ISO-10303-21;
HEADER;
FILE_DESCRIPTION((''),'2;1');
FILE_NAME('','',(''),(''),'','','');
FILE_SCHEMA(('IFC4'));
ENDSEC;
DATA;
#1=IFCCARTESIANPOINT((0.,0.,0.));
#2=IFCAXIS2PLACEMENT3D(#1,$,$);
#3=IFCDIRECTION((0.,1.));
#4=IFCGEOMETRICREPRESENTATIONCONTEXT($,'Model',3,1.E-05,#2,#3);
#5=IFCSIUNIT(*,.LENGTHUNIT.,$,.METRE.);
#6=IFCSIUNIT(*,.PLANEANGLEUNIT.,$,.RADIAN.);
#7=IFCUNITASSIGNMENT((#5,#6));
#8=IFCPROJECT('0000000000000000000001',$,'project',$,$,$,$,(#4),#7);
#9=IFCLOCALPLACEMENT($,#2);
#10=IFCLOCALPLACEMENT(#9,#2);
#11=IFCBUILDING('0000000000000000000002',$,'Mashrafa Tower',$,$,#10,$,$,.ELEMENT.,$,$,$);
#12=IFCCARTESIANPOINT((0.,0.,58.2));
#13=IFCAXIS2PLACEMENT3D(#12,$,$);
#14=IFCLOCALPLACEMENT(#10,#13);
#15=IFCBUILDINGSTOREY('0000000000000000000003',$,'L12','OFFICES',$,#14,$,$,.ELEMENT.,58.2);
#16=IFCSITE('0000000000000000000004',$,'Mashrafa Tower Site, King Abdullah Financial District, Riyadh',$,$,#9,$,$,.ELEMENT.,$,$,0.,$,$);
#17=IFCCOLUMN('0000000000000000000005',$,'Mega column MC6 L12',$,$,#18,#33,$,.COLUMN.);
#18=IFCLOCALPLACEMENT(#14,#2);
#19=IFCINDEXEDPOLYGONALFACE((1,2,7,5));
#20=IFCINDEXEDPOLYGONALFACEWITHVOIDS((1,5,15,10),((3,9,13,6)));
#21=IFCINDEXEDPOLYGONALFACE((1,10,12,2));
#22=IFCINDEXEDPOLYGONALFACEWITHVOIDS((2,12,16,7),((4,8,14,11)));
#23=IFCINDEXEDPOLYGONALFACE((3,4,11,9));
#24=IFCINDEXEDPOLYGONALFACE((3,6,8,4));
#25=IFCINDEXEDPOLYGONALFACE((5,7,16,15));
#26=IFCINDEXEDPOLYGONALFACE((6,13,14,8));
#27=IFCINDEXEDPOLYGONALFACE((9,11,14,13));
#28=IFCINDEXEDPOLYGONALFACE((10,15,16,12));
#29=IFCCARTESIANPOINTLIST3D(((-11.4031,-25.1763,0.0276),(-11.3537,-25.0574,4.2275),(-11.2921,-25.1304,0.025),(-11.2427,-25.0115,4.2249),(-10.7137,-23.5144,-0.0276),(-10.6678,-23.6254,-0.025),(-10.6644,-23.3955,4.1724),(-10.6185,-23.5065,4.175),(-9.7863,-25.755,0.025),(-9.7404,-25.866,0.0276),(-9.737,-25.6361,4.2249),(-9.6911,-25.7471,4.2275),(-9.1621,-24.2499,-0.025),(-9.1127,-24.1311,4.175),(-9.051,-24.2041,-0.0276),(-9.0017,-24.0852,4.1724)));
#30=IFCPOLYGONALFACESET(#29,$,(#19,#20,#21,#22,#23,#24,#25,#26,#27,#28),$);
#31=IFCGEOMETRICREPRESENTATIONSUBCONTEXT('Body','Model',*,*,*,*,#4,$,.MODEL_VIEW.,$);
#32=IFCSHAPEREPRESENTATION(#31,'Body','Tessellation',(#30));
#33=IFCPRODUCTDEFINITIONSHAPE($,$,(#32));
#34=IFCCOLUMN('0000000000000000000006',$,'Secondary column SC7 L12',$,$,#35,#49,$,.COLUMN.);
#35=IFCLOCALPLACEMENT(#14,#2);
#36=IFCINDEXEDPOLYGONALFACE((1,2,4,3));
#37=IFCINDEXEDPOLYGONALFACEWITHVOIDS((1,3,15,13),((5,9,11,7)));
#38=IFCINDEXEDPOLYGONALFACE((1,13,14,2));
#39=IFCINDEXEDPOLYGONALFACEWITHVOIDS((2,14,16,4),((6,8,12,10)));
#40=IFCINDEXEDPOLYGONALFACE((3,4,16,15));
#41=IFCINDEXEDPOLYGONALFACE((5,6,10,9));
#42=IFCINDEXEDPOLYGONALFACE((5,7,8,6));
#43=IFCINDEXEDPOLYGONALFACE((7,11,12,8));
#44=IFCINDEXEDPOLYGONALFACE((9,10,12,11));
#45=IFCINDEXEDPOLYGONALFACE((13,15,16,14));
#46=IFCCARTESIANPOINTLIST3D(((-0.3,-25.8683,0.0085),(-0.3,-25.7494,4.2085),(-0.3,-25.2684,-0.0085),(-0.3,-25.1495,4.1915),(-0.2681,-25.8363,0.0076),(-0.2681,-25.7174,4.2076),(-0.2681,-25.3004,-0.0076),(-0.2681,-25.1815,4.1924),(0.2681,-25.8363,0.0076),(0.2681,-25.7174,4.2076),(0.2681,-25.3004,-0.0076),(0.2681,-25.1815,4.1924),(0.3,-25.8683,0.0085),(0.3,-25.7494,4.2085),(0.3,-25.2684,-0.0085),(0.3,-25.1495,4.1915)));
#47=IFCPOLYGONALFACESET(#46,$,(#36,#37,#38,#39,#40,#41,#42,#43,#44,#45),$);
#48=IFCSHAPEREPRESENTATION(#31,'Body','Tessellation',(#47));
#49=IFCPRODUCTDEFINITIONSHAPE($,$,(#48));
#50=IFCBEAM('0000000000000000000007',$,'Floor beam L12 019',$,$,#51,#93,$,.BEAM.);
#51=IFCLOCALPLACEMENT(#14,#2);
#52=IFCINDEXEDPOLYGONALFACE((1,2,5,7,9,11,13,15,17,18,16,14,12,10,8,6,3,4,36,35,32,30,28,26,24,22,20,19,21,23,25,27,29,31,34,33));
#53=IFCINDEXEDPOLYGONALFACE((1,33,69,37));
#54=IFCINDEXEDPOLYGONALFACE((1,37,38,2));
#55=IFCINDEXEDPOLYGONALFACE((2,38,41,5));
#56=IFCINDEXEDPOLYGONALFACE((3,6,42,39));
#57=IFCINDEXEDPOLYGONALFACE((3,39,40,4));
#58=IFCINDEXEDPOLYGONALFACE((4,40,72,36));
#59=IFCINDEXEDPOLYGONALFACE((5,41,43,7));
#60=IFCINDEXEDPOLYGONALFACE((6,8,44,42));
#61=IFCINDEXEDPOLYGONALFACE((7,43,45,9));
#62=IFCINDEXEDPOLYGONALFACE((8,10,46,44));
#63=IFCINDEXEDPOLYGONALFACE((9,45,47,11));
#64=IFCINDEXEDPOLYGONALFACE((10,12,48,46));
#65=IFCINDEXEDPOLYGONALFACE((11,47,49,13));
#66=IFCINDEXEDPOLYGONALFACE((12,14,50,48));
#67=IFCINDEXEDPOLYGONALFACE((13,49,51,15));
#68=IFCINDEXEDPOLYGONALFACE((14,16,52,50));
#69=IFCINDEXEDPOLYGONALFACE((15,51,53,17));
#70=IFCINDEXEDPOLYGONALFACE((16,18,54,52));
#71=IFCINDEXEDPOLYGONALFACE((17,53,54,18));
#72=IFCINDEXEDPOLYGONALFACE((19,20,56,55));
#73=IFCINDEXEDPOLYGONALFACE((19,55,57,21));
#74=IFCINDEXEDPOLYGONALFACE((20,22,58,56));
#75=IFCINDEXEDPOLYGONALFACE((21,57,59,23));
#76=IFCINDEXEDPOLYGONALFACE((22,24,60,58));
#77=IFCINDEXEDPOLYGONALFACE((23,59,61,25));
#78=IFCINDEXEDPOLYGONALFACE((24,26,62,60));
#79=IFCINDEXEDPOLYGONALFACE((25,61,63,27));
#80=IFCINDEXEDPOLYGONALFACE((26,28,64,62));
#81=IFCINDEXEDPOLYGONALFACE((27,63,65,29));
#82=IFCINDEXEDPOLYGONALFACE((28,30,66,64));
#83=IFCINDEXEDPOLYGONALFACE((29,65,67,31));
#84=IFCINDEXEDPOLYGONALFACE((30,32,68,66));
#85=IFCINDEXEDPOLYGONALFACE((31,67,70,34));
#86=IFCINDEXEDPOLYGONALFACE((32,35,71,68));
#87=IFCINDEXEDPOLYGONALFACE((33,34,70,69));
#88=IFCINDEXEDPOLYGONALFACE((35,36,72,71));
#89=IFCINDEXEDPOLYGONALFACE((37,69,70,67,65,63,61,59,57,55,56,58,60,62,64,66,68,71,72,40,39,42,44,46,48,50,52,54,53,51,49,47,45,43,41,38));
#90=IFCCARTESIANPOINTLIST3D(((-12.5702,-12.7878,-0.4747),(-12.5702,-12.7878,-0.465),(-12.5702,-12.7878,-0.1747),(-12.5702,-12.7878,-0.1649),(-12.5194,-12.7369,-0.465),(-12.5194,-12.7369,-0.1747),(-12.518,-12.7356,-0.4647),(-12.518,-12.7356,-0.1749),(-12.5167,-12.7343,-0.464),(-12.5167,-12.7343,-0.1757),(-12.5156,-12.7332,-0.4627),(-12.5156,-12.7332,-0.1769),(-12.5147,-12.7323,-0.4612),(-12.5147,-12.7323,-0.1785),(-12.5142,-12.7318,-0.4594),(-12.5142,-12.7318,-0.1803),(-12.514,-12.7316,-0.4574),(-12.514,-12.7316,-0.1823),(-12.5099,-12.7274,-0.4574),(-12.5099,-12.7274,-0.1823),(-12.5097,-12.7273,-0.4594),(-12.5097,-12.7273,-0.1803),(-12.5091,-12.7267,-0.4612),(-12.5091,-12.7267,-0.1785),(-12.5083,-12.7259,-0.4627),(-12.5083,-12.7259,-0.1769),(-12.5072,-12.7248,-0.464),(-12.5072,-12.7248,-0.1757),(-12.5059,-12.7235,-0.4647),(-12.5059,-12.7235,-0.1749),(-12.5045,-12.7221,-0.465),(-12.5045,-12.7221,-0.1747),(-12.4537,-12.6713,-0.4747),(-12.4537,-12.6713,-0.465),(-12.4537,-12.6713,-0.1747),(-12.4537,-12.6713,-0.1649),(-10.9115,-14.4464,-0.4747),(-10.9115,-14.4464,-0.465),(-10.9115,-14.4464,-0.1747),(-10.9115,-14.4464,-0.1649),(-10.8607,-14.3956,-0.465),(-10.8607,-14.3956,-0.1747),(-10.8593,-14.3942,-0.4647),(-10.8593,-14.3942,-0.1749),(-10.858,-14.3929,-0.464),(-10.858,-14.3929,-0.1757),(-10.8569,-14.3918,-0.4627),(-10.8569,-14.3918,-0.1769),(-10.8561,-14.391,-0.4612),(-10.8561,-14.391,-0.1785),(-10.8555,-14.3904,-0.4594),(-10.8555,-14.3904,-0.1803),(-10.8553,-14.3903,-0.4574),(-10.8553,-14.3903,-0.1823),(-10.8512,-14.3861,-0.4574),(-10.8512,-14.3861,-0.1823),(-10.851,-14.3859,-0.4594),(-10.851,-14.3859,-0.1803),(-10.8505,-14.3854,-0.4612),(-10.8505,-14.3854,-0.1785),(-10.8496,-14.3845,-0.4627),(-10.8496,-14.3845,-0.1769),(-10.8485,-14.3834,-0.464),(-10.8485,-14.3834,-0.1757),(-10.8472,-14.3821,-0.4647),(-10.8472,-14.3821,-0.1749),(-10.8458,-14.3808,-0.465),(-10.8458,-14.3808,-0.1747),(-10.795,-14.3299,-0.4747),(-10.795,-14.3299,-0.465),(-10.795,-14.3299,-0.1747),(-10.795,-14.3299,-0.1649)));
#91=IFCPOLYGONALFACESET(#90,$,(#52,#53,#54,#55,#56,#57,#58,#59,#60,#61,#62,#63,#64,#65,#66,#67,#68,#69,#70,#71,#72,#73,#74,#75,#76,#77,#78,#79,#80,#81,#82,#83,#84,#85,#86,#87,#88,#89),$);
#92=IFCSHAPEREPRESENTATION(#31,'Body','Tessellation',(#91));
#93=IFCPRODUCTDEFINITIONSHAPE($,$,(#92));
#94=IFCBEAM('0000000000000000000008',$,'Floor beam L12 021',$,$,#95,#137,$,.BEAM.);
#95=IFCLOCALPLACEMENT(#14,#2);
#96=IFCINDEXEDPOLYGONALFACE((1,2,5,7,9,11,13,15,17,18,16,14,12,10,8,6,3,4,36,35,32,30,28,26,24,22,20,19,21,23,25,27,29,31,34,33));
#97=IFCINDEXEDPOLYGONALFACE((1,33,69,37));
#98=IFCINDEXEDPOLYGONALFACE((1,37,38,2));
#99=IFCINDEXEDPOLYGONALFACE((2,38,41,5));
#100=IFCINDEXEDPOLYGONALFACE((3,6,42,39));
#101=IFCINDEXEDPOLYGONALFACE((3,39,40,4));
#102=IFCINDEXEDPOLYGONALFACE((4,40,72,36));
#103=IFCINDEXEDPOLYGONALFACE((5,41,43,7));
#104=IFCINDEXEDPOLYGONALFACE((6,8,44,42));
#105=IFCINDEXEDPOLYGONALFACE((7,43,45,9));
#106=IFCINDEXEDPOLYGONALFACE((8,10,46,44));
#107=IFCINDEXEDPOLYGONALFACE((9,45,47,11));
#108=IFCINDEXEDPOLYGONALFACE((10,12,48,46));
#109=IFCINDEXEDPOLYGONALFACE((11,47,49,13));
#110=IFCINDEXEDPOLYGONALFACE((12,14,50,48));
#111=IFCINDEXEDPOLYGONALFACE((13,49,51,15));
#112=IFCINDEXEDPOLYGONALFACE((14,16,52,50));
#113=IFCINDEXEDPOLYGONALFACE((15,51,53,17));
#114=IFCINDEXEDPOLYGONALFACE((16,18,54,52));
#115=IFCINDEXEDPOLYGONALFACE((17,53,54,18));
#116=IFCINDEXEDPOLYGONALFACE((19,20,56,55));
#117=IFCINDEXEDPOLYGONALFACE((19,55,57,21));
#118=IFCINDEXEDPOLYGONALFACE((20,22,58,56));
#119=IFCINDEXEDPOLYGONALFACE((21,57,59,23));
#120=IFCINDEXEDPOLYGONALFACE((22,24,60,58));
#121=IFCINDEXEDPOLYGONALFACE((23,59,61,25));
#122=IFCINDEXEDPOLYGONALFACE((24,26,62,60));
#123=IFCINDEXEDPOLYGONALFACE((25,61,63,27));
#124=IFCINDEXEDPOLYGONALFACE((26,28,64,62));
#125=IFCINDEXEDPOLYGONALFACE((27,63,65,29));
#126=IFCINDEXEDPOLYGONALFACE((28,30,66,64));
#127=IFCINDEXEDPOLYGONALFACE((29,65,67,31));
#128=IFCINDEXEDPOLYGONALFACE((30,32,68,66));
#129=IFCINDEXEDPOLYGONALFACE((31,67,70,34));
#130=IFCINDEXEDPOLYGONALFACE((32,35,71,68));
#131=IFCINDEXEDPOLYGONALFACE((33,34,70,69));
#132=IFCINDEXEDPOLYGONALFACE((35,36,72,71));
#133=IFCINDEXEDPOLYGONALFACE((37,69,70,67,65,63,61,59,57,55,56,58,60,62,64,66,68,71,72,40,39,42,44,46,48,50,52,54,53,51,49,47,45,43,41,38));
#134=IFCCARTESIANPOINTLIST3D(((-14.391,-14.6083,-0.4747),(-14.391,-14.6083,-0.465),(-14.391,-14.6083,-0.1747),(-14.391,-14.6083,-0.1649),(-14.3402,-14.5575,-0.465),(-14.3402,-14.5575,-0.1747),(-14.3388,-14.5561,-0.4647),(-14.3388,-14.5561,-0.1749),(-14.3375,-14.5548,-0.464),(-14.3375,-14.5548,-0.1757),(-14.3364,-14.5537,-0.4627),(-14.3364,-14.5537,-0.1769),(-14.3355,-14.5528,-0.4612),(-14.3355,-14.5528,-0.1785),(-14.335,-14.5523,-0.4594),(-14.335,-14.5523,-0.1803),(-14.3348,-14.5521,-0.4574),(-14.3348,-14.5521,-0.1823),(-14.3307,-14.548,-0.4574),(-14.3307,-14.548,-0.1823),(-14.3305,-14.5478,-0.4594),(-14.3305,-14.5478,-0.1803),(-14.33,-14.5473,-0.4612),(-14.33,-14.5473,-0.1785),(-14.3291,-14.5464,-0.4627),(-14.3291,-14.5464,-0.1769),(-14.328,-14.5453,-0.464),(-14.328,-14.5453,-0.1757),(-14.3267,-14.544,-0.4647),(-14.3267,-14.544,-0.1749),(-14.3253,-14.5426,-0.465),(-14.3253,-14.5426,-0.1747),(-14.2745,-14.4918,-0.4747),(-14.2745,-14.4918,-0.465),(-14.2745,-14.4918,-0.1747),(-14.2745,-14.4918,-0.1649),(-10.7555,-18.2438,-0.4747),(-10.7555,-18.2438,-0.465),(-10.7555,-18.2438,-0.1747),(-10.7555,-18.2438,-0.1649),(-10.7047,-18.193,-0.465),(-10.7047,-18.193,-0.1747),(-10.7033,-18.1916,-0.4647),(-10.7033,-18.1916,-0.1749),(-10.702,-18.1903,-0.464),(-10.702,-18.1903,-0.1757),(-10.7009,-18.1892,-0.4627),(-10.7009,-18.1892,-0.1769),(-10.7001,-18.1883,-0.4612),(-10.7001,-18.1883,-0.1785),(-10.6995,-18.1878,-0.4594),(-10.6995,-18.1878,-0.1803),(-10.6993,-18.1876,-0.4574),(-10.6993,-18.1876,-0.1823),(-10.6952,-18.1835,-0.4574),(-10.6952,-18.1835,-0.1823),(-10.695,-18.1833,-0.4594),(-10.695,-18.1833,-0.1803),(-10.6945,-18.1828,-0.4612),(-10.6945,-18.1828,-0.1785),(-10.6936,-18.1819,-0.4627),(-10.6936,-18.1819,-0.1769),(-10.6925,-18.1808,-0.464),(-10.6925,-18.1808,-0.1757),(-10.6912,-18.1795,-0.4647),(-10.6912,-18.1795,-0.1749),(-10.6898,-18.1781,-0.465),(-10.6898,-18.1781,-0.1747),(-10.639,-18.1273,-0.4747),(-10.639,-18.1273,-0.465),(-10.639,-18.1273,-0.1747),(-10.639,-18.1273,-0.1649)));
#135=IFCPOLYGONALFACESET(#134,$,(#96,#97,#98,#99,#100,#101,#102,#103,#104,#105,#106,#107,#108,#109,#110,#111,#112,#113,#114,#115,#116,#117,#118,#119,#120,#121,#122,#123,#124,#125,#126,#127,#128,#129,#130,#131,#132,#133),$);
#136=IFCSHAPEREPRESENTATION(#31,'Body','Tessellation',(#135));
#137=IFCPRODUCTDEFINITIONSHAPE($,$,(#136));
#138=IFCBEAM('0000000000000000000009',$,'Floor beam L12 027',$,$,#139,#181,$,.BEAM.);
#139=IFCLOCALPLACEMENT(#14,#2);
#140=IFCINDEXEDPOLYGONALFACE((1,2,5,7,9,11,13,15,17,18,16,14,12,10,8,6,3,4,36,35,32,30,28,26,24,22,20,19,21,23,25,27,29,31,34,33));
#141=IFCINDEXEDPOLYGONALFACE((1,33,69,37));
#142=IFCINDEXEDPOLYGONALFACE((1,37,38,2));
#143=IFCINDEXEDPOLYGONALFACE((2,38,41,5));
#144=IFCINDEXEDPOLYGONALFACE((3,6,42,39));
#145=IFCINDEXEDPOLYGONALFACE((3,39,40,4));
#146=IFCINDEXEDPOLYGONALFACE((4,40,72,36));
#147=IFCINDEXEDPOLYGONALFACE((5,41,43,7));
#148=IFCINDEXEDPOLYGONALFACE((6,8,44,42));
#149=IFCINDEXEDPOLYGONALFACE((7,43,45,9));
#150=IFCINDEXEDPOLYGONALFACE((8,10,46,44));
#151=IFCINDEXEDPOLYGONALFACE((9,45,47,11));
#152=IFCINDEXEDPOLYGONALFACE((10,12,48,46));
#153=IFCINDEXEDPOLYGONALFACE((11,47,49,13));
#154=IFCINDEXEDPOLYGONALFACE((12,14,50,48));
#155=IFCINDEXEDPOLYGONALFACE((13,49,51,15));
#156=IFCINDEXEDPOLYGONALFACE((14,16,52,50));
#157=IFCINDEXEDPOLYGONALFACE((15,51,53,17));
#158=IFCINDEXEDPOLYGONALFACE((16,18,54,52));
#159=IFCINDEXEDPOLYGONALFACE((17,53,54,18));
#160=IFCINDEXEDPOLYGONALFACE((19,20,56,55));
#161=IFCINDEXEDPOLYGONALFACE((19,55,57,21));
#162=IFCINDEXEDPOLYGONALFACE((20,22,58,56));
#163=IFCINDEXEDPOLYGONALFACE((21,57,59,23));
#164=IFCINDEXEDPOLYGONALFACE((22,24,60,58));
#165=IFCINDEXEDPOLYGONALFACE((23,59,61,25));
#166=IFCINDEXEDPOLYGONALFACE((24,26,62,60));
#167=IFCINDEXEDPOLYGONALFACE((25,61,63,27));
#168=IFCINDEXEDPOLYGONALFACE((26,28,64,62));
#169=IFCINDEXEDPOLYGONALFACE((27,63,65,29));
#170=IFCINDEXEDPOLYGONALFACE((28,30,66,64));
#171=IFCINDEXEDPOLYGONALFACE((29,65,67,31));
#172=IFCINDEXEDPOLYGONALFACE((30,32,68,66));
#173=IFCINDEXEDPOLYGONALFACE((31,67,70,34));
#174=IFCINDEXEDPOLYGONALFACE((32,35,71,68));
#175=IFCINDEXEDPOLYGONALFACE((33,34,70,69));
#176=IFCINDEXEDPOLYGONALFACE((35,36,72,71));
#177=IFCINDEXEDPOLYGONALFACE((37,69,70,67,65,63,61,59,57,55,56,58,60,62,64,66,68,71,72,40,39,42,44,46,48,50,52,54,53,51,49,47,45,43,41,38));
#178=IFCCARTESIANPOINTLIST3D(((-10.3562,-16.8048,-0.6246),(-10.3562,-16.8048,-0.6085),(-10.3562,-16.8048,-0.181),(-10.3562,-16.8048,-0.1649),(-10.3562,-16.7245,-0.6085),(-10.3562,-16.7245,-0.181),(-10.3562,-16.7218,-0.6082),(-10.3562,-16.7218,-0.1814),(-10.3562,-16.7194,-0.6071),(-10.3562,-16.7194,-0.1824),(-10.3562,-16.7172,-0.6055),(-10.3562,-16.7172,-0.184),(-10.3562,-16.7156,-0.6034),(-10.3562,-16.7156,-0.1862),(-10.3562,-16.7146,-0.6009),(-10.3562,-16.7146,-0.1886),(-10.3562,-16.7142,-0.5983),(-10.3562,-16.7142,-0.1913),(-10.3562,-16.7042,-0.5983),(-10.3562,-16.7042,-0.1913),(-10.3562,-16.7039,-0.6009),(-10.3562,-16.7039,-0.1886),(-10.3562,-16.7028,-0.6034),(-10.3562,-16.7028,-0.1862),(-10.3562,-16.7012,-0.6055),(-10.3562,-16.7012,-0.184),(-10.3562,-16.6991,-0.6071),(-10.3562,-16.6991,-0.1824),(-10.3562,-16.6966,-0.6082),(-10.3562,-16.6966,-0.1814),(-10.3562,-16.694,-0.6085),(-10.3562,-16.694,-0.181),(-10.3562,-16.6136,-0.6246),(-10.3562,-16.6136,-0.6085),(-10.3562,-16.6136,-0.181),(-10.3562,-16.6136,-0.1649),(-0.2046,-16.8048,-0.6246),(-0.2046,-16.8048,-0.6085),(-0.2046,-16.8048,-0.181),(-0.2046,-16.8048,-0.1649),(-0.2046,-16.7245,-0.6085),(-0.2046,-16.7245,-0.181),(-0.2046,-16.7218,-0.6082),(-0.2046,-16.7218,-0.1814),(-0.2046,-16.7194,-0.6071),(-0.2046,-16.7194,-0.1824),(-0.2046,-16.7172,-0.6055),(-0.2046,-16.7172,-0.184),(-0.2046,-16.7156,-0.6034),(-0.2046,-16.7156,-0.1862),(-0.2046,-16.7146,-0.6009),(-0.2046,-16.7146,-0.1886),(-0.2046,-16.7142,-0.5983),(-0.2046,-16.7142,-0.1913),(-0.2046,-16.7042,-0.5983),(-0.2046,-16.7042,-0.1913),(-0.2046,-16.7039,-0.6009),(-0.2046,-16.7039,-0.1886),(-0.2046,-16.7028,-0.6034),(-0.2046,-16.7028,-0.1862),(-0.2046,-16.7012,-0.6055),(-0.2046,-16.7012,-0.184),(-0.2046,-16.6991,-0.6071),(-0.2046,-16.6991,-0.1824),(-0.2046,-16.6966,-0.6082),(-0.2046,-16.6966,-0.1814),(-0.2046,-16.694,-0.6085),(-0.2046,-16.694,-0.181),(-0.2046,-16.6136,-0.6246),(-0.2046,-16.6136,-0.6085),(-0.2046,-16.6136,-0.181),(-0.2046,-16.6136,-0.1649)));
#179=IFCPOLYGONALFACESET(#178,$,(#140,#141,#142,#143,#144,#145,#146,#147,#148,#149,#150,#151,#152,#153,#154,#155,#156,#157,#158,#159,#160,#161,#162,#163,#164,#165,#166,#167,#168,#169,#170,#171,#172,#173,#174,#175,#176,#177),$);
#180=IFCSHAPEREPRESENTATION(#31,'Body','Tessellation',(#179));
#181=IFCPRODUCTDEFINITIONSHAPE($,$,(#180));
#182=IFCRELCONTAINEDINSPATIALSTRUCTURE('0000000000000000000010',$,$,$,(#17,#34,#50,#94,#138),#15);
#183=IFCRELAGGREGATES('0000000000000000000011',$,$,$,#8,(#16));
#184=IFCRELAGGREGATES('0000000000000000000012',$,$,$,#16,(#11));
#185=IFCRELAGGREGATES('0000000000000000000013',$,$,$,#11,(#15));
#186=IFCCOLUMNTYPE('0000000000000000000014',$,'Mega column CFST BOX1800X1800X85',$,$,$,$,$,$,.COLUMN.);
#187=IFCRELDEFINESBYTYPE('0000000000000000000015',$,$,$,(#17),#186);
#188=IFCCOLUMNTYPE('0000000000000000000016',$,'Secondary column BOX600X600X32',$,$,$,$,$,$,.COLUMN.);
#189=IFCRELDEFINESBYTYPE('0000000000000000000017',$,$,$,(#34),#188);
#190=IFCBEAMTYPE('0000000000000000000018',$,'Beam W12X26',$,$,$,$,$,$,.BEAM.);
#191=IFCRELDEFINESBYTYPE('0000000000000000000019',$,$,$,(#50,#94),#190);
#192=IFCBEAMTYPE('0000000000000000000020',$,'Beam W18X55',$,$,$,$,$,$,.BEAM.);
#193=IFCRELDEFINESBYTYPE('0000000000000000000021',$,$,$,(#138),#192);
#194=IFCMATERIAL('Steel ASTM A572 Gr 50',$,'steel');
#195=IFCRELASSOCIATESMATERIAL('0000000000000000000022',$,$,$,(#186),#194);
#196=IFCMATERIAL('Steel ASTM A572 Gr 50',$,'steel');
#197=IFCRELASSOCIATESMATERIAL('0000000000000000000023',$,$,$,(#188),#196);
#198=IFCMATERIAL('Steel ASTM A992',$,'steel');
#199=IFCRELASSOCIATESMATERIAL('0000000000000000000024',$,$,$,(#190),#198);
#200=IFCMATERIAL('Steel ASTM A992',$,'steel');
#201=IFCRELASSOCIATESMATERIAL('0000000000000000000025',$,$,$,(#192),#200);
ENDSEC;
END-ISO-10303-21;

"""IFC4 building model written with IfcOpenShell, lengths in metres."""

from ifc_helpers import new_model, si_unit, direction, frame, origin, origin_2d, place, context, subcontext, project, spatial, hollow_rectangle, i_section, extrude, material, material_profile, profile_set, type_object, element, save


model = new_model("IFC4")

# Units and contexts
model_context = context("Model", 3, precision=1e-05, world=origin(), true_north=direction((0.0, 1.0)))
body_context = subcontext(model_context, "Body", "Model", "MODEL_VIEW")
ifc_project = project(units=[si_unit("LENGTHUNIT", "METRE"), si_unit("PLANEANGLEUNIT", "RADIAN")], contexts=[model_context])

# Site, building, storey
site_placement = place(None, origin())
site = spatial("IfcSite", under=ifc_project, at=site_placement, Name="Mashrafa Tower Site, King Abdullah Financial District, Riyadh", CompositionType="ELEMENT", RefElevation=0.0)
building_placement = place(site_placement, origin())
building = spatial("IfcBuilding", under=site, at=building_placement, Name="Mashrafa Tower", CompositionType="ELEMENT")
storey_placement = place(building_placement, frame((0.0, 0.0, 58.2)))
storey = spatial("IfcBuildingStorey", under=building, at=storey_placement, Name="L12", Description="OFFICES", CompositionType="ELEMENT", Elevation=58.2)

# Columns
ifc_material_1 = material(Name="Steel ASTM A572 Gr 50", Category="steel")
ifc_material_profile_1 = material_profile(ifc_material_1, hollow_rectangle(XDim=1.8, YDim=1.8, WallThickness=0.085, at=origin_2d()), Name="BOX1800X1800X85")
ifc_profile_set_1 = profile_set([ifc_material_profile_1], Name="Steel ASTM A572 Gr 50")
column_type_1 = type_object("IfcColumnType", Name="Mega column CFST BOX1800X1800X85", PredefinedType="COLUMN", material=ifc_profile_set_1)
column_1_placement = place(storey_placement, frame((-10.2271, -24.6902, 0.0), z_axis=(0.011737, 0.028296, 0.999531), x_axis=(-0.923693, 0.383133, 0.0)))
element("IfcColumn", 1, at=column_1_placement, inside=storey, type_object=column_type_1, Name="Mega column MC6 L12", PredefinedType="COLUMN", context=body_context, shape_type="SweptSolid", body=[
    extrude(hollow_rectangle(XDim=1.8, YDim=1.8, WallThickness=0.085, at=origin_2d()), origin(), (0.0, 0.0, 1.0), 4.2019),
])
ifc_material_2 = material(Name="Steel ASTM A572 Gr 50", Category="steel")
ifc_material_profile_2 = material_profile(ifc_material_2, hollow_rectangle(XDim=0.6001, YDim=0.6001, WallThickness=0.032, at=origin_2d()), Name="BOX600X600X32")
ifc_profile_set_2 = profile_set([ifc_material_profile_2], Name="Steel ASTM A572 Gr 50")
column_type_2 = type_object("IfcColumnType", Name="Secondary column BOX600X600X32", PredefinedType="COLUMN", material=ifc_profile_set_2)
column_2_placement = place(storey_placement, frame((0.0, -25.5684, 0.0), z_axis=(0.0, 0.028298, 0.9996), x_axis=(-1.0, 0.0, 0.0)))
element("IfcColumn", 2, at=column_2_placement, inside=storey, type_object=column_type_2, Name="Secondary column SC7 L12", PredefinedType="COLUMN", context=body_context, shape_type="SweptSolid", body=[
    extrude(hollow_rectangle(XDim=0.6001, YDim=0.6001, WallThickness=0.032, at=origin_2d()), origin(), (0.0, 0.0, 1.0), 4.2017),
])

# Beams
ifc_material_3 = material(Name="Steel ASTM A992", Category="steel")
ifc_material_profile_3 = material_profile(ifc_material_3, i_section(OverallWidth=0.1648, OverallDepth=0.3098, WebThickness=0.0059, FlangeThickness=0.0098, FilletRadius=0.0076, at=origin_2d()), Name="W12X26")
ifc_profile_set_3 = profile_set([ifc_material_profile_3], Name="Steel ASTM A992")
beam_type_1 = type_object("IfcBeamType", Name="Beam W12X26", PredefinedType="BEAM", material=ifc_profile_set_3)
beam_1_placement = place(storey_placement, frame((-10.8533, -14.3882, -0.3198), z_axis=(-0.707107, 0.707107, 0.0), x_axis=(-0.707107, -0.707107, 0.0)))
element("IfcBeam", 3, at=beam_1_placement, inside=storey, type_object=beam_type_1, Name="Floor beam L12 019", PredefinedType="BEAM", context=body_context, shape_type="SweptSolid", body=[
    extrude(i_section(OverallWidth=0.1648, OverallDepth=0.3098, WebThickness=0.0059, FlangeThickness=0.0098, FilletRadius=0.0076, at=origin_2d()), origin(), (0.0, 0.0, 1.0), 2.3457),
])
beam_2_placement = place(storey_placement, frame((-10.6973, -18.1855, -0.3198), z_axis=(-0.707107, 0.707107, 0.0), x_axis=(-0.707107, -0.707107, 0.0)))
element("IfcBeam", 4, at=beam_2_placement, inside=storey, type_object=beam_type_1, Name="Floor beam L12 021", PredefinedType="BEAM", context=body_context, shape_type="SweptSolid", body=[
    extrude(i_section(OverallWidth=0.1648, OverallDepth=0.3098, WebThickness=0.0059, FlangeThickness=0.0098, FilletRadius=0.0076, at=origin_2d()), origin(), (0.0, 0.0, 1.0), 5.1414),
])
ifc_material_4 = material(Name="Steel ASTM A992", Category="steel")
ifc_material_profile_4 = material_profile(ifc_material_4, i_section(OverallWidth=0.1912, OverallDepth=0.4597, WebThickness=0.01, FlangeThickness=0.0161, FilletRadius=0.0103, at=origin_2d()), Name="W18X55")
ifc_profile_set_4 = profile_set([ifc_material_profile_4], Name="Steel ASTM A992")
beam_type_2 = type_object("IfcBeamType", Name="Beam W18X55", PredefinedType="BEAM", material=ifc_profile_set_4)
beam_3_placement = place(storey_placement, frame((-0.2046, -16.7092, -0.3948), z_axis=(-1.0, 0.0, 0.0), x_axis=(0.0, -1.0, 0.0)))
element("IfcBeam", 5, at=beam_3_placement, inside=storey, type_object=beam_type_2, Name="Floor beam L12 027", PredefinedType="BEAM", context=body_context, shape_type="SweptSolid", body=[
    extrude(i_section(OverallWidth=0.1912, OverallDepth=0.4597, WebThickness=0.01, FlangeThickness=0.0161, FilletRadius=0.0103, at=origin_2d()), origin(), (0.0, 0.0, 1.0), 10.1516),
])

save(model, "model.ifc")
